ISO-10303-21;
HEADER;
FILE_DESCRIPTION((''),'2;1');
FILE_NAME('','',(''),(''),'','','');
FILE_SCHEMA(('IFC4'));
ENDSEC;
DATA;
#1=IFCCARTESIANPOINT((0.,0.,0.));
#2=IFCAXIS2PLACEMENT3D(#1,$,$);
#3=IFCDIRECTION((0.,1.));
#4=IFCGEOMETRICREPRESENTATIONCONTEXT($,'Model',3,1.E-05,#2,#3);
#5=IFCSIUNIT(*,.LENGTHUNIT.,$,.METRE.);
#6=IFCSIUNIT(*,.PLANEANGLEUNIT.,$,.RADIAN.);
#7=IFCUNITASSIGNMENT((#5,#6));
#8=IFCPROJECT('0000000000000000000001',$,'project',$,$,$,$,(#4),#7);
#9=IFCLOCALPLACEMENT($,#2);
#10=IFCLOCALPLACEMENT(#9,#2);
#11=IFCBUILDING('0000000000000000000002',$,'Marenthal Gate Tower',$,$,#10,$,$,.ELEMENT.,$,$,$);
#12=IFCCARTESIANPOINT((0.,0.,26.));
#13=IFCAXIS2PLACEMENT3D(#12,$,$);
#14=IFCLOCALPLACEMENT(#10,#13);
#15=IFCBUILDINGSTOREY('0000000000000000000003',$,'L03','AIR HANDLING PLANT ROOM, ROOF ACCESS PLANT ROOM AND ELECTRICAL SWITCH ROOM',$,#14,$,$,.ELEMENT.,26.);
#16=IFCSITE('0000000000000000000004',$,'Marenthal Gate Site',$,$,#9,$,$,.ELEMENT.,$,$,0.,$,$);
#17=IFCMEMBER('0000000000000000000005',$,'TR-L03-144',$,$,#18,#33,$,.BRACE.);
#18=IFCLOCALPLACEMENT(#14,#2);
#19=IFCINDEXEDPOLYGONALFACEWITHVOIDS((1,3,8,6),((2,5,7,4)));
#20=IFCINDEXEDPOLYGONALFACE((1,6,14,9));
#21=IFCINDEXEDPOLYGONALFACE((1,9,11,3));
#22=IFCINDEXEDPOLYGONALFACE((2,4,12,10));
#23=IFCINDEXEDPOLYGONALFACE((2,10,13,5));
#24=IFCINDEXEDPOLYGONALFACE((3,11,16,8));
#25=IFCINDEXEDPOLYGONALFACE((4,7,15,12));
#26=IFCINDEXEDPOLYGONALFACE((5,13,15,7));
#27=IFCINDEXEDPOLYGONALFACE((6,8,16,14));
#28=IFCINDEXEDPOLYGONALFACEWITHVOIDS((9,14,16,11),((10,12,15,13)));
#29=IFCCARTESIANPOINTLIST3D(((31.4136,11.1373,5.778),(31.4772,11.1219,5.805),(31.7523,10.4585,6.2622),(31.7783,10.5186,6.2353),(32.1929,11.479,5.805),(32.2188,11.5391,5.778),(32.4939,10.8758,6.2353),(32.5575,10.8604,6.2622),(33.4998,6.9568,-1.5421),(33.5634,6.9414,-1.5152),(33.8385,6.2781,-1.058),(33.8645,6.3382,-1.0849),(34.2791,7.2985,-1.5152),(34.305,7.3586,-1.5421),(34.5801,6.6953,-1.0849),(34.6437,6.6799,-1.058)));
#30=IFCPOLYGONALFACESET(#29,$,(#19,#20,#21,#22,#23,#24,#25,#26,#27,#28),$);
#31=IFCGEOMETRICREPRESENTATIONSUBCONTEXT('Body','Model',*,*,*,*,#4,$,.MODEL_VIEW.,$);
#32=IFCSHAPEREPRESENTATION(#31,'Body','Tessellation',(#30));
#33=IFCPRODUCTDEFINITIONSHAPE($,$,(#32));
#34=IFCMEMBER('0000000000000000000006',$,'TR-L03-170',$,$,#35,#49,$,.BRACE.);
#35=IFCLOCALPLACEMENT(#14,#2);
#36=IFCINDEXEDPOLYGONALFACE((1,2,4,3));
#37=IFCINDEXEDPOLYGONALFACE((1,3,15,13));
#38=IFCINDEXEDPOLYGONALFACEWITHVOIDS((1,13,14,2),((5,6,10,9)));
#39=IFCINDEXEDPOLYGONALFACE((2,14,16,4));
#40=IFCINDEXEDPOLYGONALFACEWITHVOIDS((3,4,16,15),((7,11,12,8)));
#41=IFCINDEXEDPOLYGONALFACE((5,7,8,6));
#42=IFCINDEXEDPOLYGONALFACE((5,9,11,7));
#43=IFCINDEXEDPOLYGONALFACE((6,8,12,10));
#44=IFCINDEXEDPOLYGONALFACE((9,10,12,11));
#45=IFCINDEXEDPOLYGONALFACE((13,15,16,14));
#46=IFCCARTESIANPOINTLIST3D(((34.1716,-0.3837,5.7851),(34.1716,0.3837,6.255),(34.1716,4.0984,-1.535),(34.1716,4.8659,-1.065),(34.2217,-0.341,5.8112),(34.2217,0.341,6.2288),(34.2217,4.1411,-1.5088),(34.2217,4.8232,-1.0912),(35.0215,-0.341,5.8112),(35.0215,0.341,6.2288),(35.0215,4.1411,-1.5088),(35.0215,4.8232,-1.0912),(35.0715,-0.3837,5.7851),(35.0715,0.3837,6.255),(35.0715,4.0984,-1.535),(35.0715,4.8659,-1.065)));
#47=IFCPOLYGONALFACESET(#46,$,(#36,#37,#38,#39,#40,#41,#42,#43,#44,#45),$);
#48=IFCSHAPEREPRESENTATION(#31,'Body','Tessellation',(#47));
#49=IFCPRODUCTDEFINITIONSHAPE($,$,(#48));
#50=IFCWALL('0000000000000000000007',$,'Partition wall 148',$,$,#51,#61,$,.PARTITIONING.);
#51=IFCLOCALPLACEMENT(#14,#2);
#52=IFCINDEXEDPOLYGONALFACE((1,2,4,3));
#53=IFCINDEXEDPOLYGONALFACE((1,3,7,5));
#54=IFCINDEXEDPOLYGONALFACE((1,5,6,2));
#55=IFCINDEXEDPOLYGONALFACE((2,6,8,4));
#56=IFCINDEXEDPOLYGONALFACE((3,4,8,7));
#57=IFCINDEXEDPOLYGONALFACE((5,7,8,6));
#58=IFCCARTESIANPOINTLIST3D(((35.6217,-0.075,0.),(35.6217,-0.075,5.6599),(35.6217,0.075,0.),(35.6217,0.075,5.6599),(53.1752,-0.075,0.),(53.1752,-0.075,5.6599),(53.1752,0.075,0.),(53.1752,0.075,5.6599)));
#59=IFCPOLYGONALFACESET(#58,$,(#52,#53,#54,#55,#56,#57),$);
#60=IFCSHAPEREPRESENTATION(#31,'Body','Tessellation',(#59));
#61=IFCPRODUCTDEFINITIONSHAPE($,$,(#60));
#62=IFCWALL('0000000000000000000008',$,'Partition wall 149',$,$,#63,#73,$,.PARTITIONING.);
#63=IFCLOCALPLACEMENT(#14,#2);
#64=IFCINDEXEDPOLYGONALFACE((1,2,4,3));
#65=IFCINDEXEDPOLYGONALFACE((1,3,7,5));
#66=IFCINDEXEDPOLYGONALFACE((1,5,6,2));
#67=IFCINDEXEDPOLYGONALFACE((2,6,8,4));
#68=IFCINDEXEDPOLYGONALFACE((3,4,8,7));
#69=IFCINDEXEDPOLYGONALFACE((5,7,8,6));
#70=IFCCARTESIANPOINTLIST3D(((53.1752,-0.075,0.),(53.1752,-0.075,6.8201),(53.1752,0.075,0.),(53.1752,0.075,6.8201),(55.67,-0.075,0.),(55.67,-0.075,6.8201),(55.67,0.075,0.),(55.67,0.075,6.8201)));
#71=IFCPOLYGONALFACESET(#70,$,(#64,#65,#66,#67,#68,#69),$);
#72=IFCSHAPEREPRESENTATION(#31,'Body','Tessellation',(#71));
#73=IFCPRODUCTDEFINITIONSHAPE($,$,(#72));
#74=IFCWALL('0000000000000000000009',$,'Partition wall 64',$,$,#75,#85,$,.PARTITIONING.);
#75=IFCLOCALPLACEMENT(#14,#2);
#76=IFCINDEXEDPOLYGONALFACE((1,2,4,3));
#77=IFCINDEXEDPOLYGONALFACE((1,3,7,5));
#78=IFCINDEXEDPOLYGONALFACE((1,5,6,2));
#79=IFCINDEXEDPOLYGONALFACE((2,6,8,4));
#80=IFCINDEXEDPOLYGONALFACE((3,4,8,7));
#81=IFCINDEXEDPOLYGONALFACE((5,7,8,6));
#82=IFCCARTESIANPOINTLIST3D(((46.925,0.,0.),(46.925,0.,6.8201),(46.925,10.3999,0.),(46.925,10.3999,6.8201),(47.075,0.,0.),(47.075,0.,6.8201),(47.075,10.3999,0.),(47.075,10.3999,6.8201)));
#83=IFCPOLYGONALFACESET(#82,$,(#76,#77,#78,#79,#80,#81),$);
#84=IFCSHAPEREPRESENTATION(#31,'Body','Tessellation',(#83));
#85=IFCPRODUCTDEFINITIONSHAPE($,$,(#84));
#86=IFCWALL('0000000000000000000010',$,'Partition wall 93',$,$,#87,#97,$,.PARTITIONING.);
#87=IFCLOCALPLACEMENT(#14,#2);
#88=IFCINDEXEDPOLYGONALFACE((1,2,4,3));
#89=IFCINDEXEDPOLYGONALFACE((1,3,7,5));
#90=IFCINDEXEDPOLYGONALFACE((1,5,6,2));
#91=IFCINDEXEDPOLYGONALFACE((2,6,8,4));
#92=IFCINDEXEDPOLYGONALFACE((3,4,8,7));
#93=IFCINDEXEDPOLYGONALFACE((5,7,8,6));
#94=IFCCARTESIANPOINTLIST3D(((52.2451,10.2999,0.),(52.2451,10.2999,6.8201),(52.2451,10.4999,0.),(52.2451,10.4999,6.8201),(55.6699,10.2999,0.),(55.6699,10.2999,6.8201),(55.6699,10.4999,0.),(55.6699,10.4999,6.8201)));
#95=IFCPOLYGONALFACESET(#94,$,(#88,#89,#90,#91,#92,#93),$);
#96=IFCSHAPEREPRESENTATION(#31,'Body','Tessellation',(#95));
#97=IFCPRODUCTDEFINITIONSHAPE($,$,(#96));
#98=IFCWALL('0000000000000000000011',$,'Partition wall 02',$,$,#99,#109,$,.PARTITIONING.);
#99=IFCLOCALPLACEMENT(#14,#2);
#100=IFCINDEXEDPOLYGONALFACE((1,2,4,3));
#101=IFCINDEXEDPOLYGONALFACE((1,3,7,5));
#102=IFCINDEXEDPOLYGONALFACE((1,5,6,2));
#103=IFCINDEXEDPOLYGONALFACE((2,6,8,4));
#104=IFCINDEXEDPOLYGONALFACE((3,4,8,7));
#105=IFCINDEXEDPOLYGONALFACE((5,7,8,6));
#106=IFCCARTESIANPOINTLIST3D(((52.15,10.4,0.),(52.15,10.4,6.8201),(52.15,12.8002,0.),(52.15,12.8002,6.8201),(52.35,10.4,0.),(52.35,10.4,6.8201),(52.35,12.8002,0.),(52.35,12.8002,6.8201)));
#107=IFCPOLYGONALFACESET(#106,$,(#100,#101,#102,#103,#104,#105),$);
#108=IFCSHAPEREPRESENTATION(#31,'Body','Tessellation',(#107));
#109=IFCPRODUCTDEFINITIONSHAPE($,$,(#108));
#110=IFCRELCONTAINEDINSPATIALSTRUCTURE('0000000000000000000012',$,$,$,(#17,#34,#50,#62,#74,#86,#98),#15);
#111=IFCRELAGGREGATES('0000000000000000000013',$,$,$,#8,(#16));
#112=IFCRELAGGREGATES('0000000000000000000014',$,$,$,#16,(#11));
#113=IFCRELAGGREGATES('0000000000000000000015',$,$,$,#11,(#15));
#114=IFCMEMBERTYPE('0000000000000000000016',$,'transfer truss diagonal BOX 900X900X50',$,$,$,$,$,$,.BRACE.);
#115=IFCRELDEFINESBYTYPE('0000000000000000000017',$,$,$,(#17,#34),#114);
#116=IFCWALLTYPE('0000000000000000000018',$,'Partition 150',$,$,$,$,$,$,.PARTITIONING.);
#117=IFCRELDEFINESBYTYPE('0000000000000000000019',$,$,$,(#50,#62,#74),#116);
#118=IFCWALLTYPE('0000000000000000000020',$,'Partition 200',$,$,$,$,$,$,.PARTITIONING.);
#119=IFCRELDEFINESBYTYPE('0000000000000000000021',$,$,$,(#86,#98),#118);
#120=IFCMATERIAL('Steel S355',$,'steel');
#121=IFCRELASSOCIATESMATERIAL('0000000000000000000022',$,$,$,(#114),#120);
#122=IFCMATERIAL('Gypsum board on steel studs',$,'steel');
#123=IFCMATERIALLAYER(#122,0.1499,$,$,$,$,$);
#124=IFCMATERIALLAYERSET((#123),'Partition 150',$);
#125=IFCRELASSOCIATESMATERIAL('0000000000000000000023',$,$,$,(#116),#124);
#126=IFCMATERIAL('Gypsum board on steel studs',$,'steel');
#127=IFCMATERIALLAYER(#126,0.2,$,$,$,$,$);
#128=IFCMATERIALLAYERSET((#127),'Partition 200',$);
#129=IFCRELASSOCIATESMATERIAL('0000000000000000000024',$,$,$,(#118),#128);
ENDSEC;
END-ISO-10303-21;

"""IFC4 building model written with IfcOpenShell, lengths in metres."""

from ifc_helpers import new_model, si_unit, direction, frame, frame_2d, origin, origin_2d, place, context, subcontext, project, spatial, rectangle, hollow_rectangle, extrude, material, layer, layer_set, material_profile, profile_set, type_object, element, save


model = new_model("IFC4")

# Units and contexts
model_context = context("Model", 3, precision=1e-05, world=origin(), true_north=direction((0.0, 1.0)))
body_context = subcontext(model_context, "Body", "Model", "MODEL_VIEW")
ifc_project = project(units=[si_unit("LENGTHUNIT", "METRE"), si_unit("PLANEANGLEUNIT", "RADIAN")], contexts=[model_context])

# Site, building, storey
site_placement = place(None, origin())
site = spatial("IfcSite", under=ifc_project, at=site_placement, Name="Marenthal Gate Site", CompositionType="ELEMENT", RefElevation=0.0)
building_placement = place(site_placement, origin())
building = spatial("IfcBuilding", under=site, at=building_placement, Name="Marenthal Gate Tower", CompositionType="ELEMENT")
storey_placement = place(building_placement, frame((0.0, 0.0, 26.0)))
storey = spatial("IfcBuildingStorey", under=building, at=storey_placement, Name="L03", Description="AIR HANDLING PLANT ROOM, ROOF ACCESS PLANT ROOM AND ELECTRICAL SWITCH ROOM", CompositionType="ELEMENT", Elevation=26.0)

# Members
ifc_material_1 = material(Name="Steel S355", Category="steel")
ifc_material_profile_1 = material_profile(ifc_material_1, hollow_rectangle(XDim=0.8999, YDim=0.8999, WallThickness=0.05, at=origin_2d()), Name="BOX 900X900X50")
ifc_profile_set_1 = profile_set([ifc_material_profile_1], Name="Steel S355")
member_type = type_object("IfcMemberType", Name="transfer truss diagonal BOX 900X900X50", PredefinedType="BRACE", material=ifc_profile_set_1)
member_1_placement = place(storey_placement, frame((34.0718, 6.8184, -1.3), z_axis=(-0.240233, 0.481395, 0.84294), x_axis=(-0.894772, -0.446524, 0.0)))
element("IfcMember", 1, at=member_1_placement, inside=storey, type_object=member_type, Name="TR-L03-144", PredefinedType="BRACE", context=body_context, shape_type="SweptSolid", body=[
    extrude(hollow_rectangle(XDim=0.8999, YDim=0.8999, WallThickness=0.05, at=origin_2d()), origin(), (0.0, 0.0, 1.0), 8.6841),
])
member_2_placement = place(storey_placement, frame((34.6216, 0.0, 6.02), z_axis=(0.0, 0.522197, -0.852825), x_axis=(-1.0, 0.0, 0.0)))
element("IfcMember", 2, at=member_2_placement, inside=storey, type_object=member_type, Name="TR-L03-170", PredefinedType="BRACE", context=body_context, shape_type="SweptSolid", body=[
    extrude(hollow_rectangle(XDim=0.8999, YDim=0.8999, WallThickness=0.05, at=origin_2d()), origin(), (0.0, 0.0, 1.0), 8.5833),
])

# Walls
ifc_material_2 = material(Name="Gypsum board on steel studs", Category="steel")
ifc_layer_1 = layer(ifc_material_2, 0.1499)
ifc_layer_set_1 = layer_set([ifc_layer_1], Name="Partition 150")
wall_type_1 = type_object("IfcWallType", Name="Partition 150", PredefinedType="PARTITIONING", material=ifc_layer_set_1)
wall_1_placement = place(storey_placement, frame((35.6216, 0.0, 0.0), z_axis=(0.0, 0.0, 1.0), x_axis=(1.0, 0.0, 0.0)))
element("IfcWall", 3, at=wall_1_placement, inside=storey, type_object=wall_type_1, Name="Partition wall 148", PredefinedType="PARTITIONING", context=body_context, shape_type="SweptSolid", body=[
    extrude(rectangle(XDim=17.5535, YDim=0.1499, at=frame_2d((8.7769, 0.0))), origin(), (0.0, 0.0, 1.0), 5.6599),
])
wall_2_placement = place(storey_placement, frame((53.175, 0.0, 0.0), z_axis=(0.0, 0.0, 1.0), x_axis=(1.0, 0.0, 0.0)))
element("IfcWall", 4, at=wall_2_placement, inside=storey, type_object=wall_type_1, Name="Partition wall 149", PredefinedType="PARTITIONING", context=body_context, shape_type="SweptSolid", body=[
    extrude(rectangle(XDim=2.4949, YDim=0.1499, at=frame_2d((1.2476, 0.0))), origin(), (0.0, 0.0, 1.0), 6.8201),
])
wall_3_placement = place(storey_placement, frame((47.0, 0.0, 0.0), z_axis=(0.0, 0.0, 1.0), x_axis=(0.0, 1.0, 0.0)))
element("IfcWall", 5, at=wall_3_placement, inside=storey, type_object=wall_type_1, Name="Partition wall 64", PredefinedType="PARTITIONING", context=body_context, shape_type="SweptSolid", body=[
    extrude(rectangle(XDim=10.3999, YDim=0.1499, at=frame_2d((5.2, 0.0))), origin(), (0.0, 0.0, 1.0), 6.8201),
])
ifc_material_3 = material(Name="Gypsum board on steel studs", Category="steel")
ifc_layer_2 = layer(ifc_material_3, 0.2)
ifc_layer_set_2 = layer_set([ifc_layer_2], Name="Partition 200")
wall_type_2 = type_object("IfcWallType", Name="Partition 200", PredefinedType="PARTITIONING", material=ifc_layer_set_2)
wall_4_placement = place(storey_placement, frame((52.2451, 10.3999, 0.0), z_axis=(0.0, 0.0, 1.0), x_axis=(1.0, 0.0, 0.0)))
element("IfcWall", 6, at=wall_4_placement, inside=storey, type_object=wall_type_2, Name="Partition wall 93", PredefinedType="PARTITIONING", context=body_context, shape_type="SweptSolid", body=[
    extrude(rectangle(XDim=3.4248, YDim=0.2, at=frame_2d((1.7124, 0.0))), origin(), (0.0, 0.0, 1.0), 6.8201),
])
wall_5_placement = place(storey_placement, frame((52.25, 10.3999, 0.0), z_axis=(0.0, 0.0, 1.0), x_axis=(0.0, 1.0, 0.0)))
element("IfcWall", 7, at=wall_5_placement, inside=storey, type_object=wall_type_2, Name="Partition wall 02", PredefinedType="PARTITIONING", context=body_context, shape_type="SweptSolid", body=[
    extrude(rectangle(XDim=2.4001, YDim=0.2, at=frame_2d((1.2002, 0.0))), origin(), (0.0, 0.0, 1.0), 6.8201),
])

save(model, "model.ifc")
